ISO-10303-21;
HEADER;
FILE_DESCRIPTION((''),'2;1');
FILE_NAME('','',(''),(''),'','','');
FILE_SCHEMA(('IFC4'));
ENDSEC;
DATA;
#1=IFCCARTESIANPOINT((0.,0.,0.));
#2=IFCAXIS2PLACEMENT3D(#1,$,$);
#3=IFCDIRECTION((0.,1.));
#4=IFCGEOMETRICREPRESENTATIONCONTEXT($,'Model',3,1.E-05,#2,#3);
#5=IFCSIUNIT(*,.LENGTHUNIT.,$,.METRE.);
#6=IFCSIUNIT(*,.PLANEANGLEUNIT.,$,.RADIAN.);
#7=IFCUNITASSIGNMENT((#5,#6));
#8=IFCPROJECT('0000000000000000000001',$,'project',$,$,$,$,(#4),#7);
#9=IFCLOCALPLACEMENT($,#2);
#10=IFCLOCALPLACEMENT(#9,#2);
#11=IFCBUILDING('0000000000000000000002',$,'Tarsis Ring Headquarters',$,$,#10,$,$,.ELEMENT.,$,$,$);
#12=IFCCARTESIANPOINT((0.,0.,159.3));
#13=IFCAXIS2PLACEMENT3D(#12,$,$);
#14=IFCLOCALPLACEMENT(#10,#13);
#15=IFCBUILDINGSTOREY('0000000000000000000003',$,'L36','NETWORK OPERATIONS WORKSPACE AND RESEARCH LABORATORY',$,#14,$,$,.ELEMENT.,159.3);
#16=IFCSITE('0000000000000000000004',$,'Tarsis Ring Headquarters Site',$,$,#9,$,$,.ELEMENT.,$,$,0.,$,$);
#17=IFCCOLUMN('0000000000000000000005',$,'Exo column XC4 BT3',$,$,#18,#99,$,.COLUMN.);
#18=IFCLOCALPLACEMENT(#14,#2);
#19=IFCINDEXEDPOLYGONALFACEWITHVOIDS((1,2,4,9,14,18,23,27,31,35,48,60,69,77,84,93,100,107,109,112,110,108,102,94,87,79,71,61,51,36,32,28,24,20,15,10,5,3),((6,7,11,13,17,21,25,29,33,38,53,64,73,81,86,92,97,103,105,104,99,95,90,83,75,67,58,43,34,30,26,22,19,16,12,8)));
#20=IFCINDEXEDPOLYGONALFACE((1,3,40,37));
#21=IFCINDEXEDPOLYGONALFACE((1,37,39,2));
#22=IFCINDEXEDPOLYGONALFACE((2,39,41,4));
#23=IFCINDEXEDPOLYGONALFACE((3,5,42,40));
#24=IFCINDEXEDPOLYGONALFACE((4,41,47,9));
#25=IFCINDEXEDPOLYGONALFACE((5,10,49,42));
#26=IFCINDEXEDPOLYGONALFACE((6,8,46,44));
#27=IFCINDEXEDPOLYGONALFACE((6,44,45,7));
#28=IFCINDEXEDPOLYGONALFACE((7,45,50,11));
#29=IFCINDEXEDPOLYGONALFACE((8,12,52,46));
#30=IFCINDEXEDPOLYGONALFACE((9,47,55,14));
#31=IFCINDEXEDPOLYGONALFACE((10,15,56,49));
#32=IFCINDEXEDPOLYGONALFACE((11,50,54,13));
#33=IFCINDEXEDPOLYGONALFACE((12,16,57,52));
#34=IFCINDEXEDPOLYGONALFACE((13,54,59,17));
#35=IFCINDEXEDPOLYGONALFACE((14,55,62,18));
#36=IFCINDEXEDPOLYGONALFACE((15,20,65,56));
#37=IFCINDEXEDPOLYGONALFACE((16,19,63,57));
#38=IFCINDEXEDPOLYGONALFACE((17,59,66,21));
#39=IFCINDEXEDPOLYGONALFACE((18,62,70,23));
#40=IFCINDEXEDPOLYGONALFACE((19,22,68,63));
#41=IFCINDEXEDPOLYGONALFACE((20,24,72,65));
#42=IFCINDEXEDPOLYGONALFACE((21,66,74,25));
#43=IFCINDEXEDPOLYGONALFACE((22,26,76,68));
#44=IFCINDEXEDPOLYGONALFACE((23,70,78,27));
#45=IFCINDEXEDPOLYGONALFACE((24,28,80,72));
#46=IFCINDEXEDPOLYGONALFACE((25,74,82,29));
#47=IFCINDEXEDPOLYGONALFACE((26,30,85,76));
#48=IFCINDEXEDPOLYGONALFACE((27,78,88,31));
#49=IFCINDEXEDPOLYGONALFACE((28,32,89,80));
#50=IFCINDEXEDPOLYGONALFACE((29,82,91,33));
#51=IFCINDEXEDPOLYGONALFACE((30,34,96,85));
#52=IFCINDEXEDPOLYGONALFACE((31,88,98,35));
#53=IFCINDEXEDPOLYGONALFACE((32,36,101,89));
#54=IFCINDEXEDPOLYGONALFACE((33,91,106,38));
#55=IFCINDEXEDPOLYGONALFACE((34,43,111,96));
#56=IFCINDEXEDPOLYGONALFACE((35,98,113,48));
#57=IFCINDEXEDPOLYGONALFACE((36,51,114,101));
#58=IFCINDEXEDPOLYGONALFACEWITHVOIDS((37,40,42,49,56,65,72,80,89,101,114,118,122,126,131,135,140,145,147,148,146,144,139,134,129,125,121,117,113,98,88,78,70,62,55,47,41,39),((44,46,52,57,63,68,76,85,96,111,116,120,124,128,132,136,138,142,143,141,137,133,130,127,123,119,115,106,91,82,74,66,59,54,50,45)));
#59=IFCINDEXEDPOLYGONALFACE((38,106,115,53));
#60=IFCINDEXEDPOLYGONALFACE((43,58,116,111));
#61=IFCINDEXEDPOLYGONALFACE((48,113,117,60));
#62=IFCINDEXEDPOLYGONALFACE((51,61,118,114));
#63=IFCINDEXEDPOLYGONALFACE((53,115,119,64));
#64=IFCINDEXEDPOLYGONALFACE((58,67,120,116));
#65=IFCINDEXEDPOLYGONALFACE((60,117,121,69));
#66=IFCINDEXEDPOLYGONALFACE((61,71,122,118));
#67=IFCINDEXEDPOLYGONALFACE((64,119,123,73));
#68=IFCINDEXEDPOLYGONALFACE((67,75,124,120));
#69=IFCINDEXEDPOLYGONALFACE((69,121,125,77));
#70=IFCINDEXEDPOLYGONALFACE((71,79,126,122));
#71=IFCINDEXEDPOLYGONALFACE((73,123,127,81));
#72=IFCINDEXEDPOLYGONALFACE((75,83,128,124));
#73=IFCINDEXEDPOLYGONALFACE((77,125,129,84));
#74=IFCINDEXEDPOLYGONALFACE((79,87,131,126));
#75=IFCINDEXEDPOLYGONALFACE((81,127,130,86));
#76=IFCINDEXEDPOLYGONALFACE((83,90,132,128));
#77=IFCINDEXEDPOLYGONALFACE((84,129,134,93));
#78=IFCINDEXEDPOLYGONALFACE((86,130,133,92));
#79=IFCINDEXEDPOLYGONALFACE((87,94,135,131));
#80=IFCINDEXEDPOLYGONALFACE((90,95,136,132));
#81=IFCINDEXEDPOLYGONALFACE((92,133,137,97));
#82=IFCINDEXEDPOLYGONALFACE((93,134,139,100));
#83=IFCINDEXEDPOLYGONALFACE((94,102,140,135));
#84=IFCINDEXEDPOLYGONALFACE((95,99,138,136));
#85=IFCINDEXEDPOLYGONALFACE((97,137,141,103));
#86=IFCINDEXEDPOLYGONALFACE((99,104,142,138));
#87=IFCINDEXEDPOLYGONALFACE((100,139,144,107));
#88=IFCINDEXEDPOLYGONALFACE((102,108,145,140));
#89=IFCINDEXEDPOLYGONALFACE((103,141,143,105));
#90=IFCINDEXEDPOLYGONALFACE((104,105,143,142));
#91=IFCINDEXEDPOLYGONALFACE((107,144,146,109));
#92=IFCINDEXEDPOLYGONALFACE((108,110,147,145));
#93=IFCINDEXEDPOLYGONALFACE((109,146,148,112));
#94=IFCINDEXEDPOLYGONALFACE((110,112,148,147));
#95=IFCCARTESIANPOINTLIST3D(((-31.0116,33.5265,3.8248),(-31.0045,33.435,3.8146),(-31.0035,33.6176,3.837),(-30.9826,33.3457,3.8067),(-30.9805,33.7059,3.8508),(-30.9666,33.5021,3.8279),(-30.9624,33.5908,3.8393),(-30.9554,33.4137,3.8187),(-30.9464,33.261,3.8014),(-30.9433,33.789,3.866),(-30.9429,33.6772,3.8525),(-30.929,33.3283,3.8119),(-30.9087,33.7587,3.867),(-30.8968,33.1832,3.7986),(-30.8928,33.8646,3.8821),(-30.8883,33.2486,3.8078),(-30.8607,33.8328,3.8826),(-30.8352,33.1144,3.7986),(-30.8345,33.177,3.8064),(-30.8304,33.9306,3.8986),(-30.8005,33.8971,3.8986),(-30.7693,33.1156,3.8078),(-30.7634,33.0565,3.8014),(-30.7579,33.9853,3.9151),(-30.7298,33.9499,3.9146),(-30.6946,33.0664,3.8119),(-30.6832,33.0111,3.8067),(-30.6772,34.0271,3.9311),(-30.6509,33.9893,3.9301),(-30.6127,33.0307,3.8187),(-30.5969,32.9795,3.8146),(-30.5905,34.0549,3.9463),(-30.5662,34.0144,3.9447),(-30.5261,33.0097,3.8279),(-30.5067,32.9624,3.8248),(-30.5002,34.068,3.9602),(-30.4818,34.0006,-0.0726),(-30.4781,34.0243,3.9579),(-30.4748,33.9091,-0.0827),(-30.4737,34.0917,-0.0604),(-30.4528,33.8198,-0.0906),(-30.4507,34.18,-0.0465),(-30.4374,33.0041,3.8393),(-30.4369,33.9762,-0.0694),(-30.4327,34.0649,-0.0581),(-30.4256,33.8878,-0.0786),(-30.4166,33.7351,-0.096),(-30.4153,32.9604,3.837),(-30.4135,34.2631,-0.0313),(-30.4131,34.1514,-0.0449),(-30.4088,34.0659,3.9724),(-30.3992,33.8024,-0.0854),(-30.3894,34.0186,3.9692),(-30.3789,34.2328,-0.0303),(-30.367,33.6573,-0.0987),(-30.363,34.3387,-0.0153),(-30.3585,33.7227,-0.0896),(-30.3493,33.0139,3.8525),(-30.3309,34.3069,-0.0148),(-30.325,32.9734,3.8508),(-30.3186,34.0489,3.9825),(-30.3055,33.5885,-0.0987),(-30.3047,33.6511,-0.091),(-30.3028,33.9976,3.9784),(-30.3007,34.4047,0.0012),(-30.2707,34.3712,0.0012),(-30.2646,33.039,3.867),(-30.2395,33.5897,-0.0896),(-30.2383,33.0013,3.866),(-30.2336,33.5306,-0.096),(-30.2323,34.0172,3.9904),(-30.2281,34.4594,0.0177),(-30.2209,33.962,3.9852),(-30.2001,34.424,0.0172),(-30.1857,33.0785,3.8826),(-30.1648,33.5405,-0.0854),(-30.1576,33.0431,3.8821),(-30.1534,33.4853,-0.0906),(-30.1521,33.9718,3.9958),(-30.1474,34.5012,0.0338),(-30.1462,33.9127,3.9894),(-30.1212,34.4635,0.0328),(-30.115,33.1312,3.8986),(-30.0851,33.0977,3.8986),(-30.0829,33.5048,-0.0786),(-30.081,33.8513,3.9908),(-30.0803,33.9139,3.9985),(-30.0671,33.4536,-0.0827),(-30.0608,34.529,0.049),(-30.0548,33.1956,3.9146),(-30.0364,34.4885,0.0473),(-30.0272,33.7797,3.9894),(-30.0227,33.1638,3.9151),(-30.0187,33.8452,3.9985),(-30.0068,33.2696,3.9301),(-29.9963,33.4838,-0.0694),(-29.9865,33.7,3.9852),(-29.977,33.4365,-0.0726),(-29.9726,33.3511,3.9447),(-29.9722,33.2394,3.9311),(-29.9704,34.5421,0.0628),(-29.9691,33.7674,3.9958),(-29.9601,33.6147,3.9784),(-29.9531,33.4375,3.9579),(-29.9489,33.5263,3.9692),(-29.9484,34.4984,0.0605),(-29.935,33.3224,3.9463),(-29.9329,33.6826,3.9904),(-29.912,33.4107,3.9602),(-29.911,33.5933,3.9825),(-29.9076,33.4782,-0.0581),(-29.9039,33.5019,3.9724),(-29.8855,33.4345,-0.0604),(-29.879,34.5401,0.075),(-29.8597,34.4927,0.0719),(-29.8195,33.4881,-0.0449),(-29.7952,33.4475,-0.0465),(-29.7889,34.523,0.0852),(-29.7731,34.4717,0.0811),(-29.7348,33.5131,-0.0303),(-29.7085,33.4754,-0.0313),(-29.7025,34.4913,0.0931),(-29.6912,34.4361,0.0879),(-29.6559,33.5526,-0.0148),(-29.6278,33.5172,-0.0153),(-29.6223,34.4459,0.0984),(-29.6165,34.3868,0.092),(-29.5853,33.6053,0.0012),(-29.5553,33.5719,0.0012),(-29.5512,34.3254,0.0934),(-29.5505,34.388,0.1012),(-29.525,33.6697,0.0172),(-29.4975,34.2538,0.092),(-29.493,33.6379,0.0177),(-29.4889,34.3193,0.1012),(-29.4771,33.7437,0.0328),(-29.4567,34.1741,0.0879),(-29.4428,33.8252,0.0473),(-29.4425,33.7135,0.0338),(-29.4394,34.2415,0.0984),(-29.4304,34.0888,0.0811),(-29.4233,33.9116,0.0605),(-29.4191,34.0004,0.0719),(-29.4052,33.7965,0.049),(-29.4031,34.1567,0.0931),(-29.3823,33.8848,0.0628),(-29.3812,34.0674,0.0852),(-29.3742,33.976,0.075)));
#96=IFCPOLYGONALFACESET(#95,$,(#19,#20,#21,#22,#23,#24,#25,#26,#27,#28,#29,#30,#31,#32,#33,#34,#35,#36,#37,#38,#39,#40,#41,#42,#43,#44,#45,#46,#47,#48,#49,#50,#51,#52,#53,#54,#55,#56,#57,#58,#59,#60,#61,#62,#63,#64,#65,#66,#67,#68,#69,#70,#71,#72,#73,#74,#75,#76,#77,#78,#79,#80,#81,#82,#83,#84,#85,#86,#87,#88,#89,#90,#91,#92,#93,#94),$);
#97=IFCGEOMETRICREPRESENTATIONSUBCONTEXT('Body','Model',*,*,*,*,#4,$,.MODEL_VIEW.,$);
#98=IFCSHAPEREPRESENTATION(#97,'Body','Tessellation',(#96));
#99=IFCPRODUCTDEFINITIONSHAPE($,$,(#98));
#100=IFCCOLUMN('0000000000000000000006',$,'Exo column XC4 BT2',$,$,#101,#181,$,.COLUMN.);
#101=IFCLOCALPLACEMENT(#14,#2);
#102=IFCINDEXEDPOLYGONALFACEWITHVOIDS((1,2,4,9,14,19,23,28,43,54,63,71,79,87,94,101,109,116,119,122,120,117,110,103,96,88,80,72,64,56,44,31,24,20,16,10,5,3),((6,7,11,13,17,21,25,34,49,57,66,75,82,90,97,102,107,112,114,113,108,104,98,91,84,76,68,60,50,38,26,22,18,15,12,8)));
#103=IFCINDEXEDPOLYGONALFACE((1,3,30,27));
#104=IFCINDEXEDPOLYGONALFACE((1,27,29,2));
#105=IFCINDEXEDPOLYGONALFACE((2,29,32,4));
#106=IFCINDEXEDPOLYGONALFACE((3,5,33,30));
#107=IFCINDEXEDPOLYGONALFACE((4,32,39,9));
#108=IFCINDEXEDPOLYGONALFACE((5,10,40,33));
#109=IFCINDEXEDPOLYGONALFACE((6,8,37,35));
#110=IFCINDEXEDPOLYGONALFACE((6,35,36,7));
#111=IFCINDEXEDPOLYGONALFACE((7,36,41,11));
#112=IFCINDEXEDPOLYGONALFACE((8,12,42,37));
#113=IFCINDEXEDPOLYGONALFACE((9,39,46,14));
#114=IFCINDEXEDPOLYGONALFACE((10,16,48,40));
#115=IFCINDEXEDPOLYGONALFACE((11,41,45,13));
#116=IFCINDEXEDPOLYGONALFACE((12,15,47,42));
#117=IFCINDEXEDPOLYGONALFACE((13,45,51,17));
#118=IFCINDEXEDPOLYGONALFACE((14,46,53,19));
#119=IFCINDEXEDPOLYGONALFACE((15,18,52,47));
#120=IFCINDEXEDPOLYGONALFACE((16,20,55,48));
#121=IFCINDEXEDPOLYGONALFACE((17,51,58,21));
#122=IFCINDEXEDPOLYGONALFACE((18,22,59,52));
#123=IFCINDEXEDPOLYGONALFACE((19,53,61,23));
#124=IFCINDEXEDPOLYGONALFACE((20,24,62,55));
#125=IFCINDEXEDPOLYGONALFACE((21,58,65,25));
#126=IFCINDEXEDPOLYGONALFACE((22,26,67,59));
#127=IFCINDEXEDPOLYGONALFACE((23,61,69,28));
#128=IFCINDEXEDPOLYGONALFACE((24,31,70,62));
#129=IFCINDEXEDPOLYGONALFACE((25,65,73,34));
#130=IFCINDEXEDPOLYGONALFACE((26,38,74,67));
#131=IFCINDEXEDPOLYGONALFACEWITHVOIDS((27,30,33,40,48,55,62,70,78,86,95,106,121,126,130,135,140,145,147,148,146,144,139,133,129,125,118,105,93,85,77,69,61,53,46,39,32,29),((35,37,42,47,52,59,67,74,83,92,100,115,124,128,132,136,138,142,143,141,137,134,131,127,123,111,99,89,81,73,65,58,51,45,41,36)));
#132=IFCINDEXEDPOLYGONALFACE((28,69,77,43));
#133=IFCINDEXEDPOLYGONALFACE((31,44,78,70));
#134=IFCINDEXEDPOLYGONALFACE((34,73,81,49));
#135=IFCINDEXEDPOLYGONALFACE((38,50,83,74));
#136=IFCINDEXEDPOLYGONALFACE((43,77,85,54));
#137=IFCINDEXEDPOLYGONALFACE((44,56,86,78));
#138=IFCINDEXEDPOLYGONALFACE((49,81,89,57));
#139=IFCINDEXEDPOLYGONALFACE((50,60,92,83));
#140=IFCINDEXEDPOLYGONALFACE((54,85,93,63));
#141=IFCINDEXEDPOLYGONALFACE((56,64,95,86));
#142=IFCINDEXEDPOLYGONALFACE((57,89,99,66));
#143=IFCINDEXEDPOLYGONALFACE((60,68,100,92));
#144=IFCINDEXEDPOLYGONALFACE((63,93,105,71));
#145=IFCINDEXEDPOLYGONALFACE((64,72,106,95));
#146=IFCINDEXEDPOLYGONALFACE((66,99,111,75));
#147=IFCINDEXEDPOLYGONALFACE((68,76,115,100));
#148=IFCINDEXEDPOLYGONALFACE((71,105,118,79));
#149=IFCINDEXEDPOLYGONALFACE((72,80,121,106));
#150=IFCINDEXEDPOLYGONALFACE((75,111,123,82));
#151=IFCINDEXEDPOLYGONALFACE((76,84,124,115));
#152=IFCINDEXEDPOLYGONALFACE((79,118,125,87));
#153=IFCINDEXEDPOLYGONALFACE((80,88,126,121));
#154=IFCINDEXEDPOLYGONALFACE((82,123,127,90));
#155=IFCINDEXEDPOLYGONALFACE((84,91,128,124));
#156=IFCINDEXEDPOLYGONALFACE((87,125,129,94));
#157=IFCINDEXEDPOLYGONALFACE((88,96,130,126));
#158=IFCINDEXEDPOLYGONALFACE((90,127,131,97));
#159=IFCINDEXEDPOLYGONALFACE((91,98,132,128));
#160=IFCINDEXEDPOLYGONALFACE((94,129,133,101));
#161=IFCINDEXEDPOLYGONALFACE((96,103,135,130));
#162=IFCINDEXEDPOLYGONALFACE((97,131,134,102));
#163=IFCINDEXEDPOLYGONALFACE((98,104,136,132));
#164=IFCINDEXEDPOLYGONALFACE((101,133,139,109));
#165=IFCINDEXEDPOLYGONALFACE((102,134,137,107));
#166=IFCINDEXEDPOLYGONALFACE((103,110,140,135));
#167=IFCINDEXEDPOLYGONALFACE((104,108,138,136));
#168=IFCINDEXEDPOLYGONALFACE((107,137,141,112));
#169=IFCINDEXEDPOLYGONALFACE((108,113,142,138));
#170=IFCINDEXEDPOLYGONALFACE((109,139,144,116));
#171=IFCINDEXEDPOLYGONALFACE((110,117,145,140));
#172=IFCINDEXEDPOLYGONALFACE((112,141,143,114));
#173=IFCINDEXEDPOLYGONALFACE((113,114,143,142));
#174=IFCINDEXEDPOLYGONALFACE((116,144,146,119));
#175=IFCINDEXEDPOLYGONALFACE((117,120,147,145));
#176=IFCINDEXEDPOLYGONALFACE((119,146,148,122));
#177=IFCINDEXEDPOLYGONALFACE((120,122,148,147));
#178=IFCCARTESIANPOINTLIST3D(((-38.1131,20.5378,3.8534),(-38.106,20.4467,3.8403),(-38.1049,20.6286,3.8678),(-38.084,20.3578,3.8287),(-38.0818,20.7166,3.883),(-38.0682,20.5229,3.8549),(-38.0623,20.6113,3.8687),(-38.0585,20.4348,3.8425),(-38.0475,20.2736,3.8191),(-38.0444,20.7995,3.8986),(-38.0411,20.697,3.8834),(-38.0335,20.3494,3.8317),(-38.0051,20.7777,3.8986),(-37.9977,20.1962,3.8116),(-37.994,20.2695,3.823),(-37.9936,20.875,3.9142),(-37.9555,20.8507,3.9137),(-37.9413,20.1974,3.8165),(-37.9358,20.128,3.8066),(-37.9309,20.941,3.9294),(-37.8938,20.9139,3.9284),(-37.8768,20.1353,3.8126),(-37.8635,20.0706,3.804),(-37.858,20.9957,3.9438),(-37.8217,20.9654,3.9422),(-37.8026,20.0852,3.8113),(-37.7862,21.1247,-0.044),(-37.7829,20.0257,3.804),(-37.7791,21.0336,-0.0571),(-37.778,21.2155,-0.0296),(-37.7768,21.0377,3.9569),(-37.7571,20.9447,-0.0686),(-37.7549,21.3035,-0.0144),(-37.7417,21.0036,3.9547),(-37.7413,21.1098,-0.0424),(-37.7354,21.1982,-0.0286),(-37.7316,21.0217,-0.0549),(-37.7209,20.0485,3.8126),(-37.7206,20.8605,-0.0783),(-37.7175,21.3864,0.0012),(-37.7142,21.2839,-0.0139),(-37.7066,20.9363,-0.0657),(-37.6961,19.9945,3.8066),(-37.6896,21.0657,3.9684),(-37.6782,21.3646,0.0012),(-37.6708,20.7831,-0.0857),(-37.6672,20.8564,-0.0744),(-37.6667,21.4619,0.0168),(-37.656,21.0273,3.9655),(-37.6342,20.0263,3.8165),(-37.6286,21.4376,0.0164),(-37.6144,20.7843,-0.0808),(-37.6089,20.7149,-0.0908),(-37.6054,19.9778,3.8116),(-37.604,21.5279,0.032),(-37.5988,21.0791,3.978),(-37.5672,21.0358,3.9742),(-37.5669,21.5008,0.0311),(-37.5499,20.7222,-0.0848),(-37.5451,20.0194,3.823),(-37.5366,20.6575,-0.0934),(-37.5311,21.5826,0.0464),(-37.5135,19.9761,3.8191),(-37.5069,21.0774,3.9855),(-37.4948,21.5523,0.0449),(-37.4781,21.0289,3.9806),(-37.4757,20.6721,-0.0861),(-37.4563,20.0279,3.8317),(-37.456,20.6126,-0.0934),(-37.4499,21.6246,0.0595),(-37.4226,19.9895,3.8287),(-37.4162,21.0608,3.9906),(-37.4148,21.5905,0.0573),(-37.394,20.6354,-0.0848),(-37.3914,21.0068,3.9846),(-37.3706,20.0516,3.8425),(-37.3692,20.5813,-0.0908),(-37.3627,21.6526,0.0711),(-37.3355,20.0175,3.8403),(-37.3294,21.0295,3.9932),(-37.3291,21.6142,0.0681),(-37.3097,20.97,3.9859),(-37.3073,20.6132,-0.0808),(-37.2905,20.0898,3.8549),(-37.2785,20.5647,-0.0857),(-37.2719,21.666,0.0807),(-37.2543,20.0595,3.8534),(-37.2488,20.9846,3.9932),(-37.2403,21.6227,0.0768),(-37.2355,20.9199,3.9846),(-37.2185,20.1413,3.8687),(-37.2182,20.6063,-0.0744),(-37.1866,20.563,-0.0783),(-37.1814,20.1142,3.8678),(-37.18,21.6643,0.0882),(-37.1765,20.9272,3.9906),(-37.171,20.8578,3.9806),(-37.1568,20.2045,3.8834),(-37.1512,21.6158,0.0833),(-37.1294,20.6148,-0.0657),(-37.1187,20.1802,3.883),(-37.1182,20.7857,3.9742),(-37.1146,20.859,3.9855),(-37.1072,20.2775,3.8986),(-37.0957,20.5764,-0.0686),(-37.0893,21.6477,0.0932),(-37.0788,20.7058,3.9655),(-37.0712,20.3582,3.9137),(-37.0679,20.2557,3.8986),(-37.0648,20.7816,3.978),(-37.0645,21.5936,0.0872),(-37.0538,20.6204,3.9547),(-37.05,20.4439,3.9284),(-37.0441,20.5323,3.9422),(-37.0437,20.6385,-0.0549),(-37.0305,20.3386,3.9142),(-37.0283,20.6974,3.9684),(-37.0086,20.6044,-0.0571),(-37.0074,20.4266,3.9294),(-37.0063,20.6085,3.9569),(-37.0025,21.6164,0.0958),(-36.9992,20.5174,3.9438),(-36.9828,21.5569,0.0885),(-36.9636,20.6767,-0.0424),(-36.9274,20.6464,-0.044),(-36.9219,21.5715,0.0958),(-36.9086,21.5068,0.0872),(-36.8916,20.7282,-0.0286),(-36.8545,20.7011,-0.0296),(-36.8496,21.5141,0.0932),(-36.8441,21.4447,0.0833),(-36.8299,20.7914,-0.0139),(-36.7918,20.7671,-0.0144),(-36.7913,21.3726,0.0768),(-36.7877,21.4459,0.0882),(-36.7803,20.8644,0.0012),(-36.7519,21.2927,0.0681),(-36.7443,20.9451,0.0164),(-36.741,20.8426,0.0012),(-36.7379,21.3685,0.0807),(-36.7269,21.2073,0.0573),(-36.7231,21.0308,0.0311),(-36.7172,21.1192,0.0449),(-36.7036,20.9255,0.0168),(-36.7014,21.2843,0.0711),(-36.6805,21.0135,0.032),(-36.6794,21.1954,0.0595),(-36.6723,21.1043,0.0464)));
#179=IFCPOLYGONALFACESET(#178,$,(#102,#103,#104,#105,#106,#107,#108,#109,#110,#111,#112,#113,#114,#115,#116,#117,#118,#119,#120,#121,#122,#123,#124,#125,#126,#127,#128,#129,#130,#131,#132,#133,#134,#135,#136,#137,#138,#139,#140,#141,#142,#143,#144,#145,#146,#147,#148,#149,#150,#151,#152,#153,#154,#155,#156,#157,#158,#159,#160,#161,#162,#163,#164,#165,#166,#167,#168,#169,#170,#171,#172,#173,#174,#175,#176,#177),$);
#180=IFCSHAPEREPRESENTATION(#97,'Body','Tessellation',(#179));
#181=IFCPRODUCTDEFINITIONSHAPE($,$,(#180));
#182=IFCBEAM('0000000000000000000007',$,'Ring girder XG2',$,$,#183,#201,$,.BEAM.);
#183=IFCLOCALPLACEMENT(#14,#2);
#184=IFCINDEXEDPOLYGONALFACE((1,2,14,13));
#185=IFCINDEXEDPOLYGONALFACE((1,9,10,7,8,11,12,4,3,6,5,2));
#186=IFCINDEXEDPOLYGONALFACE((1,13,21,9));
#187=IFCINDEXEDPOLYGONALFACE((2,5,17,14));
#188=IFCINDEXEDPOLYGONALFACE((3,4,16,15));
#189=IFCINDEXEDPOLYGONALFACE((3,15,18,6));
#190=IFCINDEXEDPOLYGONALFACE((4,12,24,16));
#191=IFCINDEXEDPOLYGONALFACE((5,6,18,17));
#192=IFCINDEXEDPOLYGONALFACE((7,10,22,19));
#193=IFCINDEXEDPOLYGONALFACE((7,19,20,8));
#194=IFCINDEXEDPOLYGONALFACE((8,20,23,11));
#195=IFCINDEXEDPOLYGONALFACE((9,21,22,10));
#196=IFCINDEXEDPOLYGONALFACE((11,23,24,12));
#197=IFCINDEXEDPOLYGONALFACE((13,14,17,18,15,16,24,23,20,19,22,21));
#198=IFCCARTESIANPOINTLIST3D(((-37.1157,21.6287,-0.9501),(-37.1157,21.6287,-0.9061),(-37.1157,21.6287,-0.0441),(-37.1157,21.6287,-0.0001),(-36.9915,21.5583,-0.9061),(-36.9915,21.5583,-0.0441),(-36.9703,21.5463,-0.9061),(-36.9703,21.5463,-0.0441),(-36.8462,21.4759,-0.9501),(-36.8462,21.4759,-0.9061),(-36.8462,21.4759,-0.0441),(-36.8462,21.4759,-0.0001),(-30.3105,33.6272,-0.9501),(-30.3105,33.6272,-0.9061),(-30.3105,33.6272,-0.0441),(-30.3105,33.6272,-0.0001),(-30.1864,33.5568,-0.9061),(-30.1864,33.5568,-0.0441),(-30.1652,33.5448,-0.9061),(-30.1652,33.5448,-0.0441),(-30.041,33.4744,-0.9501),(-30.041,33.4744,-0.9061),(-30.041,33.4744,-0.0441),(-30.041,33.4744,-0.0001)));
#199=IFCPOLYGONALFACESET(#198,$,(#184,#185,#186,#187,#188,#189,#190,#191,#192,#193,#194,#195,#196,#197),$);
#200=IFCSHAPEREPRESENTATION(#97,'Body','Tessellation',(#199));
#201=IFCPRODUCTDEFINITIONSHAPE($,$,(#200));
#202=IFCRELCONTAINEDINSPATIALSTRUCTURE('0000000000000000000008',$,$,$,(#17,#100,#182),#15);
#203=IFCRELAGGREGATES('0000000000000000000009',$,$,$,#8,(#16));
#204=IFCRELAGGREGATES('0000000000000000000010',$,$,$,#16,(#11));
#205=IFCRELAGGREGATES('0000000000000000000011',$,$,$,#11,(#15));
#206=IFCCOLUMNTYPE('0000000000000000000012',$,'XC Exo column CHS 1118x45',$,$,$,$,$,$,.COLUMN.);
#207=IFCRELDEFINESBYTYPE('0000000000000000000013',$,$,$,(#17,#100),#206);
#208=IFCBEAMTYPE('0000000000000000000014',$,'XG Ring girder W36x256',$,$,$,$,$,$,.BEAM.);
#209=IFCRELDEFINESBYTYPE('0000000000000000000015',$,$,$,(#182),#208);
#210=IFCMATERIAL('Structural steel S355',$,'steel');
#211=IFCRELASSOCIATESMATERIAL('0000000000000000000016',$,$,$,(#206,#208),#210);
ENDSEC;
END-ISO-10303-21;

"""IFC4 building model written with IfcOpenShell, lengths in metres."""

from ifc_helpers import new_model, si_unit, direction, frame, origin, origin_2d, place, context, subcontext, project, spatial, hollow_circle, i_section, extrude, material, material_profile, profile_set, type_object, element, save


model = new_model("IFC4")

# Units and contexts
model_context = context("Model", 3, precision=1e-05, world=origin(), true_north=direction((0.0, 1.0)))
body_context = subcontext(model_context, "Body", "Model", "MODEL_VIEW")
ifc_project = project(units=[si_unit("LENGTHUNIT", "METRE"), si_unit("PLANEANGLEUNIT", "RADIAN")], contexts=[model_context])

# Site, building, storey
site_placement = place(None, origin())
site = spatial("IfcSite", under=ifc_project, at=site_placement, Name="Tarsis Ring Headquarters Site", CompositionType="ELEMENT", RefElevation=0.0)
building_placement = place(site_placement, origin())
building = spatial("IfcBuilding", under=site, at=building_placement, Name="Tarsis Ring Headquarters", CompositionType="ELEMENT")
storey_placement = place(building_placement, frame((0.0, 0.0, 159.3)))
storey = spatial("IfcBuildingStorey", under=building, at=storey_placement, Name="L36", Description="NETWORK OPERATIONS WORKSPACE AND RESEARCH LABORATORY", CompositionType="ELEMENT", Elevation=159.3)

# Columns
ifc_material_1 = material(Name="Structural steel S355", Category="steel")
ifc_material_profile_1 = material_profile(ifc_material_1, hollow_circle(Radius=0.5588, WallThickness=0.0449, at=origin_2d()), Name="CHS 1118x45")
ifc_profile_set_1 = profile_set([ifc_material_profile_1], Name="Structural steel S355")
column_type = type_object("IfcColumnType", Name="XC Exo column CHS 1118x45", PredefinedType="COLUMN", material=ifc_profile_set_1)
column_1_placement = place(storey_placement, frame((-29.928, 33.9883, 0.0012), z_axis=(-0.133724, -0.119674, 0.983766), x_axis=(0.666875, -0.745169, 0.0)))
element("IfcColumn", 1, at=column_1_placement, inside=storey, type_object=column_type, Name="Exo column XC4 BT3", PredefinedType="COLUMN", context=body_context, shape_type="SweptSolid", body=[
    extrude(hollow_circle(Radius=0.5588, WallThickness=0.0449, at=origin_2d()), origin(), (0.0, 0.0, 1.0), 3.9617),
])
column_2_placement = place(storey_placement, frame((-37.2292, 21.1145, 0.0012), z_axis=(-0.082657, -0.1484, 0.985467), x_axis=(0.873625, -0.486599, 0.0)))
element("IfcColumn", 2, at=column_2_placement, inside=storey, type_object=column_type, Name="Exo column XC4 BT2", PredefinedType="COLUMN", context=body_context, shape_type="SweptSolid", body=[
    extrude(hollow_circle(Radius=0.5588, WallThickness=0.0449, at=origin_2d()), origin(), (0.0, 0.0, 1.0), 3.9548),
])

# Beam
ifc_material_profile_2 = material_profile(ifc_material_1, i_section(OverallWidth=0.3098, OverallDepth=0.95, WebThickness=0.0244, FlangeThickness=0.0439, at=origin_2d()), Name="W36x256")
ifc_profile_set_2 = profile_set([ifc_material_profile_2], Name="Structural steel S355")
beam_type = type_object("IfcBeamType", Name="XG Ring girder W36x256", PredefinedType="BEAM", material=ifc_profile_set_2)
beam_1_placement = place(storey_placement, frame((-30.1758, 33.5508, -0.4751), z_axis=(-0.493342, -0.869835, 0.0), x_axis=(0.869835, -0.493342, 0.0)))
element("IfcBeam", 3, at=beam_1_placement, inside=storey, type_object=beam_type, Name="Ring girder XG2", PredefinedType="BEAM", context=body_context, shape_type="SweptSolid", body=[
    extrude(i_section(OverallWidth=0.3098, OverallDepth=0.95, WebThickness=0.0244, FlangeThickness=0.0439, at=origin_2d()), origin(), (0.0, 0.0, 1.0), 13.7939),
])

save(model, "model.ifc")
